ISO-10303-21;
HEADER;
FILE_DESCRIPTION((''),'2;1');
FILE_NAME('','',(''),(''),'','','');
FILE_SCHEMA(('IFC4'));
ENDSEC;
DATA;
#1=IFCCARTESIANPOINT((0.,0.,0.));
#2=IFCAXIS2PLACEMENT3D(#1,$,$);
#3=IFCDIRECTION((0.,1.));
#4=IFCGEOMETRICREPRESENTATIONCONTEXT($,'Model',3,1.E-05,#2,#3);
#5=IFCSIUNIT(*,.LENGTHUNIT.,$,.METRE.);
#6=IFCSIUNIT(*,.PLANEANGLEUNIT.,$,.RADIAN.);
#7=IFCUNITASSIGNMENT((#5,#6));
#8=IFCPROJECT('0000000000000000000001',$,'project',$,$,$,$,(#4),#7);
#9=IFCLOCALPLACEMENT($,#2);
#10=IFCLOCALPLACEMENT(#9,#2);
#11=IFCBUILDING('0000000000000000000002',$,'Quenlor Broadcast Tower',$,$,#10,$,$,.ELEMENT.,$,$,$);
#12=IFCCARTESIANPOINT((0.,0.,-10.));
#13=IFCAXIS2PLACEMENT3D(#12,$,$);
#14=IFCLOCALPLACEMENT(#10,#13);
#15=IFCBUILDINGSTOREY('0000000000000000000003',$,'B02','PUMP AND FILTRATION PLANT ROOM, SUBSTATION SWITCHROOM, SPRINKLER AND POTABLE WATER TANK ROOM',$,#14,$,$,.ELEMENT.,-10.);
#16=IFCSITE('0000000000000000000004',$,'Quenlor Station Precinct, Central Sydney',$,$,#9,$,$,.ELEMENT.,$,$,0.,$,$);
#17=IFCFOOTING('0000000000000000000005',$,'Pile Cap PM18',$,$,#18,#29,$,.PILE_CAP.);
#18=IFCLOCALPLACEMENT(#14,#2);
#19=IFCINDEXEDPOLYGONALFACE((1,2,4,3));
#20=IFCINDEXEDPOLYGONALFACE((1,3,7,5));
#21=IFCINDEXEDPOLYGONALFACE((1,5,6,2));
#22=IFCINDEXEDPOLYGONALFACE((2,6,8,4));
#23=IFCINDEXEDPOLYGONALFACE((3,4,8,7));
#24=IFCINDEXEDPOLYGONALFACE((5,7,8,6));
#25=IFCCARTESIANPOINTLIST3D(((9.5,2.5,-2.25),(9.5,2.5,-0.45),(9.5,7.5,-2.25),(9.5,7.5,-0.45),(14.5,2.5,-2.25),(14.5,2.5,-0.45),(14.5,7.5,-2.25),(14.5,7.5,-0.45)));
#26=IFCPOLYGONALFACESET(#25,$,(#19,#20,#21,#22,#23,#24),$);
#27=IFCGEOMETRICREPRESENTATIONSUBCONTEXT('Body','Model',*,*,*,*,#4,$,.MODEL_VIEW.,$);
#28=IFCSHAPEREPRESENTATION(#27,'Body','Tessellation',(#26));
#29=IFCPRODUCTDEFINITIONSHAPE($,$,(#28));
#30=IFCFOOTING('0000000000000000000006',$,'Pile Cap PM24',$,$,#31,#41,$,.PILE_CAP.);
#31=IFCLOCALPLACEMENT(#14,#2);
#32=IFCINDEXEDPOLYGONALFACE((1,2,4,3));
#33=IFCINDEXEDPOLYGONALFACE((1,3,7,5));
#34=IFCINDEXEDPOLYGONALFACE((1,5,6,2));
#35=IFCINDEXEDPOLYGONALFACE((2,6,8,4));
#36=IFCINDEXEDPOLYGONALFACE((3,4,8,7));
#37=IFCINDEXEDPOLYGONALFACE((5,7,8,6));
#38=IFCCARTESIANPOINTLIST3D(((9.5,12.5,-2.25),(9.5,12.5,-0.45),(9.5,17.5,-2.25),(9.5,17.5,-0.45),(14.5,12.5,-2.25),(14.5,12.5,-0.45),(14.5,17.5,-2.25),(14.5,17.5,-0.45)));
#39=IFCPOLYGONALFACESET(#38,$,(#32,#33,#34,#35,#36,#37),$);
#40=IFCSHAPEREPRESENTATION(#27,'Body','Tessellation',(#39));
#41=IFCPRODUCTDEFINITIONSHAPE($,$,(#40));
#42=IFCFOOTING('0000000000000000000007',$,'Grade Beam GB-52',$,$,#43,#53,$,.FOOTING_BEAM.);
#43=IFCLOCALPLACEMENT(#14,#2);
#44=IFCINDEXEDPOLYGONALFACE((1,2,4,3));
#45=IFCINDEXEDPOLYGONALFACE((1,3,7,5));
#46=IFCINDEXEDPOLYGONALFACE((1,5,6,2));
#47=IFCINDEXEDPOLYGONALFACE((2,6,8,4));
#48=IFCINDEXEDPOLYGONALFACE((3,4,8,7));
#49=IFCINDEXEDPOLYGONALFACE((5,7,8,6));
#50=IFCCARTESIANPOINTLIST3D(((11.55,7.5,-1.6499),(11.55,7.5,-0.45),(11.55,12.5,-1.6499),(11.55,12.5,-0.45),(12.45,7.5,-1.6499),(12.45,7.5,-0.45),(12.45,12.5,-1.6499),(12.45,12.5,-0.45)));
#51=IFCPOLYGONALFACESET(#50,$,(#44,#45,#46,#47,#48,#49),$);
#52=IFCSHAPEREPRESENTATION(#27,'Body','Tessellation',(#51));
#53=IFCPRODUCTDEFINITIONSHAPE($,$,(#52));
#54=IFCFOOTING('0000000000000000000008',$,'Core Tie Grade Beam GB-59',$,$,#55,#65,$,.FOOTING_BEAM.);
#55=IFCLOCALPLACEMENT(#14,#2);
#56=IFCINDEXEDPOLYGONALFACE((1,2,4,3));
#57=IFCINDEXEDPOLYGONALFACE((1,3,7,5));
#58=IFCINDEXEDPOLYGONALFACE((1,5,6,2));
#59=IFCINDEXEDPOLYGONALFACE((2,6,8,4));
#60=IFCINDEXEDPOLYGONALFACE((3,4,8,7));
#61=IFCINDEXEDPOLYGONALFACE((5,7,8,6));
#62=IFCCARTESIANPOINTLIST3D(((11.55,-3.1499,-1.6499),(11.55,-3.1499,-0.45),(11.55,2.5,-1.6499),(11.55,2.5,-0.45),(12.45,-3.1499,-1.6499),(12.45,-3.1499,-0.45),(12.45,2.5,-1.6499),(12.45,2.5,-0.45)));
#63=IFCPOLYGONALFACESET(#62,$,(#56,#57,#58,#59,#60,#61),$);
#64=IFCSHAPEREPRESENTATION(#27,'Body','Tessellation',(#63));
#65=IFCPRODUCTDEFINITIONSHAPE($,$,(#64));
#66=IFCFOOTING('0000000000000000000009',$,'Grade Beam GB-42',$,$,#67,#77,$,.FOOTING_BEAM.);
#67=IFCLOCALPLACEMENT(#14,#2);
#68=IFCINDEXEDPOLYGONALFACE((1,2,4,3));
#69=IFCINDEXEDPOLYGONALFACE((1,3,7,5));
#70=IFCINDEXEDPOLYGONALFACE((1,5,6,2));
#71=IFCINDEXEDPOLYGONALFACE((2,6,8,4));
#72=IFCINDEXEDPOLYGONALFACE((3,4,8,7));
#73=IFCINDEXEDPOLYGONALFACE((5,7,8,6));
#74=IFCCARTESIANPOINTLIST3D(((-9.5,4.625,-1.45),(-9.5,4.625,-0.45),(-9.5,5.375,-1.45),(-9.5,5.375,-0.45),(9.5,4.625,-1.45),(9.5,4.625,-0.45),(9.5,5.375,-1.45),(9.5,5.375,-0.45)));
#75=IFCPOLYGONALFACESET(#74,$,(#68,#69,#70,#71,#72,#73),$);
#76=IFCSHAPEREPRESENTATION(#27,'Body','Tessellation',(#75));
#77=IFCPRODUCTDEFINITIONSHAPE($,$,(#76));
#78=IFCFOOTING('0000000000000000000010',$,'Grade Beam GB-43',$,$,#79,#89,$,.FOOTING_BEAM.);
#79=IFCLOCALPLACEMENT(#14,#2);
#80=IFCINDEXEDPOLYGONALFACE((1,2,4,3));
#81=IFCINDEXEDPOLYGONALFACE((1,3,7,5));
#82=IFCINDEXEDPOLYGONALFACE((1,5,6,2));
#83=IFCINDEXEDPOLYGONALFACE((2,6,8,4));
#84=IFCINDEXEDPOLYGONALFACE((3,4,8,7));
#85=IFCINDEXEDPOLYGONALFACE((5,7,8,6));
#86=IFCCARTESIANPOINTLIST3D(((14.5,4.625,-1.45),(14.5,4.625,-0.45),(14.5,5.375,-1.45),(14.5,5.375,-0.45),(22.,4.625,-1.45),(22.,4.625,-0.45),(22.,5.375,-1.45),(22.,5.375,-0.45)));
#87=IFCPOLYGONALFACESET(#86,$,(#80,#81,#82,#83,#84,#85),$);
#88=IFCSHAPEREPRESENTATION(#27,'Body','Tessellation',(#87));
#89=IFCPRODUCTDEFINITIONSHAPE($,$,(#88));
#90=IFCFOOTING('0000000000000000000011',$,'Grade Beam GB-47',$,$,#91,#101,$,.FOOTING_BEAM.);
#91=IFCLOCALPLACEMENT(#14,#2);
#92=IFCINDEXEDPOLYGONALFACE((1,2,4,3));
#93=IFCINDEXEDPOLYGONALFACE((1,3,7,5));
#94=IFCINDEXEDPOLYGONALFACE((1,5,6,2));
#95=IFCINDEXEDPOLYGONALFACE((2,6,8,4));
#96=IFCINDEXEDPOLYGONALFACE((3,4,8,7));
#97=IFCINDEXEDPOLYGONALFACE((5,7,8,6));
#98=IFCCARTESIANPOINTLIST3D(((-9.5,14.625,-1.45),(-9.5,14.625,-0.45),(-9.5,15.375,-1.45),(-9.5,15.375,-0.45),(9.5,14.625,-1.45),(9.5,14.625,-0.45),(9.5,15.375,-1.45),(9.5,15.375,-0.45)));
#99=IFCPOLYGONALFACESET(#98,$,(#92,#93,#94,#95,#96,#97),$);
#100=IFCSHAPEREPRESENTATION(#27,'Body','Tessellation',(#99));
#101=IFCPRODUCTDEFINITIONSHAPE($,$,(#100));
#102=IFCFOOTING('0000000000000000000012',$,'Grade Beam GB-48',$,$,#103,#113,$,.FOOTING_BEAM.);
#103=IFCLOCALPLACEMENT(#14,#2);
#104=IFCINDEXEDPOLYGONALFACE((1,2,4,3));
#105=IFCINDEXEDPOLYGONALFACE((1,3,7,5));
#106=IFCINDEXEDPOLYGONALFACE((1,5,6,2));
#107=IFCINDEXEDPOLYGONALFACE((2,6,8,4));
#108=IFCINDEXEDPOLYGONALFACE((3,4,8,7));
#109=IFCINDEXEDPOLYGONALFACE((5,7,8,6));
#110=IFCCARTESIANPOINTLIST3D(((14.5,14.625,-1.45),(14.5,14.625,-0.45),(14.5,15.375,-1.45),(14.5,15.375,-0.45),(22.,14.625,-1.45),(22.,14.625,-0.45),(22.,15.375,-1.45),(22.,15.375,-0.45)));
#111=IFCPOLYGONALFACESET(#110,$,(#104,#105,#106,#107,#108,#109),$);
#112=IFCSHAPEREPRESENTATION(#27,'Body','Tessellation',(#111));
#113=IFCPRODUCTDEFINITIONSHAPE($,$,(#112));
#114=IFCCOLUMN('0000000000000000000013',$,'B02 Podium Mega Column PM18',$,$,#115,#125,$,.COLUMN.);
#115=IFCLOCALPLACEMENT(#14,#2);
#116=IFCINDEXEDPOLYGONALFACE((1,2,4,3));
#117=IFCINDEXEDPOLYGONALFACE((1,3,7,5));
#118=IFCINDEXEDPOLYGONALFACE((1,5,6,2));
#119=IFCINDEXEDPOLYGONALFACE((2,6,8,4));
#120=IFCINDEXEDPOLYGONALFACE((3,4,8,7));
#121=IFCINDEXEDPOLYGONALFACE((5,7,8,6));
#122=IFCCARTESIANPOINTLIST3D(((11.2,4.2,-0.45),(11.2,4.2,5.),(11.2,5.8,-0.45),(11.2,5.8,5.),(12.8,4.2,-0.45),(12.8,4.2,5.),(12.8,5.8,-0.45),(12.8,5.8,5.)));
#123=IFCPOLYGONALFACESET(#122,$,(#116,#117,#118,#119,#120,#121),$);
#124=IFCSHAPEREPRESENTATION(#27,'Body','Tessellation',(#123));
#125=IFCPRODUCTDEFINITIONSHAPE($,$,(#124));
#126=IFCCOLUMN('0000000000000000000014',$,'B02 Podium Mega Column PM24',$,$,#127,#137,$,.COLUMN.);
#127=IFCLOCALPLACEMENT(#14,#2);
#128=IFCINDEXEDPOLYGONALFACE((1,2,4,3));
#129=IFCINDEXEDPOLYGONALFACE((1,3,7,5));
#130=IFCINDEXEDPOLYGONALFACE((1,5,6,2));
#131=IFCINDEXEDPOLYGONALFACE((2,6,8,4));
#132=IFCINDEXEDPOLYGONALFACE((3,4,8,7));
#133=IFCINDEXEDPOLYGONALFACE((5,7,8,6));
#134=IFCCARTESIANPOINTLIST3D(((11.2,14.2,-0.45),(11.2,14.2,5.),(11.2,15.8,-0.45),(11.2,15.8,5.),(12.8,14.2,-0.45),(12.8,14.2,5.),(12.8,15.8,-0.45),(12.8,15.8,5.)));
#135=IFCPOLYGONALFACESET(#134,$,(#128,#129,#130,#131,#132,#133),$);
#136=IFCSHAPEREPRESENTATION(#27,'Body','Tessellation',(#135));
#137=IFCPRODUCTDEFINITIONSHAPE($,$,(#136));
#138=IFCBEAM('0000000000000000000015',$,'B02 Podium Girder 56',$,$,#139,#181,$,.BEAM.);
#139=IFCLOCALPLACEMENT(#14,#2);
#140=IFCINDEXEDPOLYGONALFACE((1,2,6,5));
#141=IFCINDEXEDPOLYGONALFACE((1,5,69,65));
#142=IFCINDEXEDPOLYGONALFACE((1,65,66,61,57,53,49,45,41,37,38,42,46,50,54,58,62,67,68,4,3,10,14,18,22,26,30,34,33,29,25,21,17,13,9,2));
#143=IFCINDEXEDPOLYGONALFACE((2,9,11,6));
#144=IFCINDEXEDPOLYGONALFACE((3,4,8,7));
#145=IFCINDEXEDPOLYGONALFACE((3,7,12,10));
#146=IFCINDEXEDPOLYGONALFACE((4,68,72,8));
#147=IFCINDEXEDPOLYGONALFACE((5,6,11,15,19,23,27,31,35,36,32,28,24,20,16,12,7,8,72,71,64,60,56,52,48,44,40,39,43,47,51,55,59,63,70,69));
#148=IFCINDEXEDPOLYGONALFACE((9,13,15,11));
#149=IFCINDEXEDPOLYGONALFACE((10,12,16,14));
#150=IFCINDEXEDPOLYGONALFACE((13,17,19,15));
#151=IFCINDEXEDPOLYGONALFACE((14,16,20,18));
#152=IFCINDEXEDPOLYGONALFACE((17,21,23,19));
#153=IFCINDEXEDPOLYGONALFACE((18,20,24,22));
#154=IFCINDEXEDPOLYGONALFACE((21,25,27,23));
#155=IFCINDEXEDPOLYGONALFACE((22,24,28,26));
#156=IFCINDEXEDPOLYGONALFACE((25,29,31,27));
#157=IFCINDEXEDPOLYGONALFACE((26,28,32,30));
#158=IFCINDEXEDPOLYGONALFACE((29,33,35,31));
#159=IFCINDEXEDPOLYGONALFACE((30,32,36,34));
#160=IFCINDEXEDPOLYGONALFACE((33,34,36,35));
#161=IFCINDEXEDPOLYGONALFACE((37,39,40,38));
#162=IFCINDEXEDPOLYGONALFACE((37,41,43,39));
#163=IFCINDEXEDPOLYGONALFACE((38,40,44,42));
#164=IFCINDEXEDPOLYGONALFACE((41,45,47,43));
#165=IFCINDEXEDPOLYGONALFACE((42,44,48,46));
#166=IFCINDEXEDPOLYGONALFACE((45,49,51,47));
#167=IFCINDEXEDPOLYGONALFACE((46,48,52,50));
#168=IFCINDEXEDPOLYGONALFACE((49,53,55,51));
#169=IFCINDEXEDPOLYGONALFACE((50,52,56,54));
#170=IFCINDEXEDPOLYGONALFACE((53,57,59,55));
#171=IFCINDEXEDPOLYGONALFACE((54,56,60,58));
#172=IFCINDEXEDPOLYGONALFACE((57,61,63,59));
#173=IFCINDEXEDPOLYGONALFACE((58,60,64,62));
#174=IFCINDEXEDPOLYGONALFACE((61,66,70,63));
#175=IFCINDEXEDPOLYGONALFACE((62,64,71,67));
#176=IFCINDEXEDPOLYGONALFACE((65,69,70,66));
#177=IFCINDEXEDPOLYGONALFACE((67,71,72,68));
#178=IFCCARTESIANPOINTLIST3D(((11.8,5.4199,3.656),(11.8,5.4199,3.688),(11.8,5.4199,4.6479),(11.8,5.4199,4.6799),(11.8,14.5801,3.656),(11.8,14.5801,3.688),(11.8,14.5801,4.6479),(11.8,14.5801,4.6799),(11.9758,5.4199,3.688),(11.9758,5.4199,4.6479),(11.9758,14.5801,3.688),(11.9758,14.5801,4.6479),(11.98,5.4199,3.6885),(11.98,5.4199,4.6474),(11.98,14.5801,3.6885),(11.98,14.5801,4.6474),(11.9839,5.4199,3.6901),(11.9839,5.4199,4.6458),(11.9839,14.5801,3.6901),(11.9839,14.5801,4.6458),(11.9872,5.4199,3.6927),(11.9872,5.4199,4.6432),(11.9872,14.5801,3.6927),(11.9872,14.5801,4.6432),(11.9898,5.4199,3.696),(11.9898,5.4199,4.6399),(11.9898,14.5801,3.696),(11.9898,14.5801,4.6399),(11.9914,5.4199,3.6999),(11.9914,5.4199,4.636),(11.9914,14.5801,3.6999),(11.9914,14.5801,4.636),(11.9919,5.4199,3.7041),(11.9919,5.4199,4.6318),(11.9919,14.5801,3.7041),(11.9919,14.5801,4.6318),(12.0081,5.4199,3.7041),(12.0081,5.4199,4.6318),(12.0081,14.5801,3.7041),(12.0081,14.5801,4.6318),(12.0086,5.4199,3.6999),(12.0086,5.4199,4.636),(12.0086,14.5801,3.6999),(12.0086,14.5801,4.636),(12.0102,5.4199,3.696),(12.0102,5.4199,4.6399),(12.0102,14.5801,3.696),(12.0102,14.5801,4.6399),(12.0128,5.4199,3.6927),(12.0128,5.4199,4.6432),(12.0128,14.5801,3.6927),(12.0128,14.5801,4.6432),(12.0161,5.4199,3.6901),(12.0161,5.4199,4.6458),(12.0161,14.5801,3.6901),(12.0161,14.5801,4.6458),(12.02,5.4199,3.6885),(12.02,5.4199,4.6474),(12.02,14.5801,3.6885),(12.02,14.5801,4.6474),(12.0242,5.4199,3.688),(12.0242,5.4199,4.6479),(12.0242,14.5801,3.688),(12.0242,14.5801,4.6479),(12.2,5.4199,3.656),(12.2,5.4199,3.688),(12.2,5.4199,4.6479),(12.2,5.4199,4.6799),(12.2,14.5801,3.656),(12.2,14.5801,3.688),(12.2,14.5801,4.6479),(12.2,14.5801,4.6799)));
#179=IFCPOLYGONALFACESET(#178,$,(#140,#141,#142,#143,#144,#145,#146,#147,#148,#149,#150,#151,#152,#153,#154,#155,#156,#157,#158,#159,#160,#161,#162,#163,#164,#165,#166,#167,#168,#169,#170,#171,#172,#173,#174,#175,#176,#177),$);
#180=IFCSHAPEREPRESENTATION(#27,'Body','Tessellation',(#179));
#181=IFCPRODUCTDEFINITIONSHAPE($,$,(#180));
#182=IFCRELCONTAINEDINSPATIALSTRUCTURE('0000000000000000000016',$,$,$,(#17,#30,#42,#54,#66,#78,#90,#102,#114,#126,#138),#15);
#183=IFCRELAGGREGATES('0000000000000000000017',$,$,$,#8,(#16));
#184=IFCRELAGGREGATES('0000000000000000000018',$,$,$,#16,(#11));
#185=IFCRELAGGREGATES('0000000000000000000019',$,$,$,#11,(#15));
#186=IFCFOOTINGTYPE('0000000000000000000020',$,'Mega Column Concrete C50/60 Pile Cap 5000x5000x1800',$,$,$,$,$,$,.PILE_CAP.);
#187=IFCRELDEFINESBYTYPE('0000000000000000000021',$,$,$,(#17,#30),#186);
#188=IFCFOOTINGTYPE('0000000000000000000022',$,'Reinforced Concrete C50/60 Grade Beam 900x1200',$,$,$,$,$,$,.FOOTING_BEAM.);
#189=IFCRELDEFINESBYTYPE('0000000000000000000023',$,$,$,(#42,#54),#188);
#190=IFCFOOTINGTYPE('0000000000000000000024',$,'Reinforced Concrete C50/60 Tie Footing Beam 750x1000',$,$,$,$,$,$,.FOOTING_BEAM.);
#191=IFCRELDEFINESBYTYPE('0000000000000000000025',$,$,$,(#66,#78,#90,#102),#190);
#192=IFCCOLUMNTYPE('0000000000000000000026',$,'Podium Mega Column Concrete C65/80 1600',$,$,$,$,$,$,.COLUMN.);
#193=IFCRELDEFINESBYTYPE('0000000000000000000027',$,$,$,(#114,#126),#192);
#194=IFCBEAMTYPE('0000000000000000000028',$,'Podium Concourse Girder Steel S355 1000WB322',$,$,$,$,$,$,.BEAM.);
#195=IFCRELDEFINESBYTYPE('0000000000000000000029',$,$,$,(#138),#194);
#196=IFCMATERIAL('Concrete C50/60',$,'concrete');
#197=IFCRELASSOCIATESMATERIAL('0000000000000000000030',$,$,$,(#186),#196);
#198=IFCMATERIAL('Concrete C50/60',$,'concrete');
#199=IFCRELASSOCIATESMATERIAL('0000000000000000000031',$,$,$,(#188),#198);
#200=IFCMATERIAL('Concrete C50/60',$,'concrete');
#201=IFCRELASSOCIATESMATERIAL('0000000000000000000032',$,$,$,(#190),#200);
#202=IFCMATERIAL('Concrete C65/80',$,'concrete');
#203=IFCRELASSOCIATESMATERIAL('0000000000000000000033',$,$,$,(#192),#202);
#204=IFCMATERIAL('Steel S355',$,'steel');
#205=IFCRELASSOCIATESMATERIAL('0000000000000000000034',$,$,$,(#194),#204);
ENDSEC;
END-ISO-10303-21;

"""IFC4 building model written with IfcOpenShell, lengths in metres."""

from ifc_helpers import new_model, si_unit, direction, frame, origin, origin_2d, place, context, subcontext, project, spatial, rectangle, i_section, extrude, material, material_profile, profile_set, type_object, element, save


model = new_model("IFC4")

# Units and contexts
model_context = context("Model", 3, precision=1e-05, world=origin(), true_north=direction((0.0, 1.0)))
body_context = subcontext(model_context, "Body", "Model", "MODEL_VIEW")
ifc_project = project(units=[si_unit("LENGTHUNIT", "METRE"), si_unit("PLANEANGLEUNIT", "RADIAN")], contexts=[model_context])

# Site, building, storey
site_placement = place(None, origin())
site = spatial("IfcSite", under=ifc_project, at=site_placement, Name="Quenlor Station Precinct, Central Sydney", CompositionType="ELEMENT", RefElevation=0.0)
building_placement = place(site_placement, origin())
building = spatial("IfcBuilding", under=site, at=building_placement, Name="Quenlor Broadcast Tower", CompositionType="ELEMENT")
storey_placement = place(building_placement, frame((0.0, 0.0, -10.0)))
storey = spatial("IfcBuildingStorey", under=building, at=storey_placement, Name="B02", Description="PUMP AND FILTRATION PLANT ROOM, SUBSTATION SWITCHROOM, SPRINKLER AND POTABLE WATER TANK ROOM", CompositionType="ELEMENT", Elevation=-10.0)

# Footings
ifc_material_1 = material(Name="Concrete C50/60", Category="concrete")
footing_type_1 = type_object("IfcFootingType", Name="Mega Column Concrete C50/60 Pile Cap 5000x5000x1800", PredefinedType="PILE_CAP", material=ifc_material_1)
for number, where, z_axis, x_axis, name in (
    (1, (12.0, 5.0, -2.25), (0.0, 0.0, 1.0), (1.0, 0.0, 0.0), "Pile Cap PM18"),
    (2, (12.0, 15.0, -2.25), (0.0, 0.0, 1.0), (1.0, 0.0, 0.0), "Pile Cap PM24"),
):
    element("IfcFooting", number, at=place(storey_placement, frame(where, z_axis=z_axis, x_axis=x_axis)), inside=storey, type_object=footing_type_1, Name=name, PredefinedType="PILE_CAP", context=body_context, shape_type="SweptSolid", body=[
        extrude(rectangle(XDim=5.0, YDim=5.0, at=origin_2d()), origin(), (0.0, 0.0, 1.0), 1.8),
    ])
ifc_material_2 = material(Name="Concrete C50/60", Category="concrete")
footing_type_2 = type_object("IfcFootingType", Name="Reinforced Concrete C50/60 Grade Beam 900x1200", PredefinedType="FOOTING_BEAM", material=ifc_material_2)
footing_1_placement = place(storey_placement, frame((12.0, 10.0, -1.6499), z_axis=(0.0, 0.0, 1.0), x_axis=(0.0, 1.0, 0.0)))
element("IfcFooting", 3, at=footing_1_placement, inside=storey, type_object=footing_type_2, Name="Grade Beam GB-52", PredefinedType="FOOTING_BEAM", context=body_context, shape_type="SweptSolid", body=[
    extrude(rectangle(XDim=5.0, YDim=0.8999, at=origin_2d()), origin(), (0.0, 0.0, 1.0), 1.2),
])
footing_2_placement = place(storey_placement, frame((12.0, -0.325, -1.6499), z_axis=(0.0, 0.0, 1.0), x_axis=(0.0, -1.0, 0.0)))
element("IfcFooting", 4, at=footing_2_placement, inside=storey, type_object=footing_type_2, Name="Core Tie Grade Beam GB-59", PredefinedType="FOOTING_BEAM", context=body_context, shape_type="SweptSolid", body=[
    extrude(rectangle(XDim=5.6499, YDim=0.8999, at=origin_2d()), origin(), (0.0, 0.0, 1.0), 1.2),
])
ifc_material_3 = material(Name="Concrete C50/60", Category="concrete")
footing_type_3 = type_object("IfcFootingType", Name="Reinforced Concrete C50/60 Tie Footing Beam 750x1000", PredefinedType="FOOTING_BEAM", material=ifc_material_3)
footing_3_placement = place(storey_placement, frame((0.0, 5.0, -1.45), z_axis=(0.0, 0.0, 1.0), x_axis=(1.0, 0.0, 0.0)))
element("IfcFooting", 5, at=footing_3_placement, inside=storey, type_object=footing_type_3, Name="Grade Beam GB-42", PredefinedType="FOOTING_BEAM", context=body_context, shape_type="SweptSolid", body=[
    extrude(rectangle(XDim=19.0, YDim=0.75, at=origin_2d()), origin(), (0.0, 0.0, 1.0), 1.0),
])
footing_4_placement = place(storey_placement, frame((18.25, 5.0, -1.45), z_axis=(0.0, 0.0, 1.0), x_axis=(1.0, 0.0, 0.0)))
element("IfcFooting", 6, at=footing_4_placement, inside=storey, type_object=footing_type_3, Name="Grade Beam GB-43", PredefinedType="FOOTING_BEAM", context=body_context, shape_type="SweptSolid", body=[
    extrude(rectangle(XDim=7.5, YDim=0.75, at=origin_2d()), origin(), (0.0, 0.0, 1.0), 1.0),
])
footing_5_placement = place(storey_placement, frame((0.0, 15.0, -1.45), z_axis=(0.0, 0.0, 1.0), x_axis=(1.0, 0.0, 0.0)))
element("IfcFooting", 7, at=footing_5_placement, inside=storey, type_object=footing_type_3, Name="Grade Beam GB-47", PredefinedType="FOOTING_BEAM", context=body_context, shape_type="SweptSolid", body=[
    extrude(rectangle(XDim=19.0, YDim=0.75, at=origin_2d()), origin(), (0.0, 0.0, 1.0), 1.0),
])
footing_6_placement = place(storey_placement, frame((18.25, 15.0, -1.45), z_axis=(0.0, 0.0, 1.0), x_axis=(1.0, 0.0, 0.0)))
element("IfcFooting", 8, at=footing_6_placement, inside=storey, type_object=footing_type_3, Name="Grade Beam GB-48", PredefinedType="FOOTING_BEAM", context=body_context, shape_type="SweptSolid", body=[
    extrude(rectangle(XDim=7.5, YDim=0.75, at=origin_2d()), origin(), (0.0, 0.0, 1.0), 1.0),
])

# Columns
ifc_material_4 = material(Name="Concrete C65/80", Category="concrete")
ifc_material_profile_1 = material_profile(ifc_material_4, rectangle(XDim=1.6001, YDim=1.6001, at=origin_2d()))
ifc_profile_set_1 = profile_set([ifc_material_profile_1], Name="Concrete C65/80 RC1600x1600")
column_type = type_object("IfcColumnType", Name="Podium Mega Column Concrete C65/80 1600", PredefinedType="COLUMN", material=ifc_profile_set_1)
for number, where, z_axis, x_axis, name in (
    (9, (12.0, 5.0, -0.45), (0.0, 0.0, 1.0), (1.0, 0.0, 0.0), "B02 Podium Mega Column PM18"),
    (10, (12.0, 15.0, -0.45), (0.0, 0.0, 1.0), (1.0, 0.0, 0.0), "B02 Podium Mega Column PM24"),
):
    element("IfcColumn", number, at=place(storey_placement, frame(where, z_axis=z_axis, x_axis=x_axis)), inside=storey, type_object=column_type, Name=name, PredefinedType="COLUMN", context=body_context, shape_type="SweptSolid", body=[
        extrude(rectangle(XDim=1.6001, YDim=1.6001, at=origin_2d()), origin(), (0.0, 0.0, 1.0), 5.45),
    ])

# Beam
ifc_material_5 = material(Name="Steel S355", Category="steel")
ifc_material_profile_2 = material_profile(ifc_material_5, i_section(OverallWidth=0.3999, OverallDepth=1.0239, WebThickness=0.0161, FlangeThickness=0.032, FilletRadius=0.0161, at=origin_2d()))
ifc_profile_set_2 = profile_set([ifc_material_profile_2], Name="Steel S355 1000WB322")
beam_type_1 = type_object("IfcBeamType", Name="Podium Concourse Girder Steel S355 1000WB322", PredefinedType="BEAM", material=ifc_profile_set_2)
beam_1_placement = place(storey_placement, frame((12.0, 5.4199, 4.168), z_axis=(0.0, 1.0, 0.0), x_axis=(-1.0, 0.0, 0.0)))
element("IfcBeam", 11, at=beam_1_placement, inside=storey, type_object=beam_type_1, Name="B02 Podium Girder 56", PredefinedType="BEAM", context=body_context, shape_type="SweptSolid", body=[
    extrude(i_section(OverallWidth=0.3999, OverallDepth=1.0239, WebThickness=0.0161, FlangeThickness=0.032, FilletRadius=0.0161, at=origin_2d()), origin(), (0.0, 0.0, 1.0), 9.1602),
])

save(model, "model.ifc")
